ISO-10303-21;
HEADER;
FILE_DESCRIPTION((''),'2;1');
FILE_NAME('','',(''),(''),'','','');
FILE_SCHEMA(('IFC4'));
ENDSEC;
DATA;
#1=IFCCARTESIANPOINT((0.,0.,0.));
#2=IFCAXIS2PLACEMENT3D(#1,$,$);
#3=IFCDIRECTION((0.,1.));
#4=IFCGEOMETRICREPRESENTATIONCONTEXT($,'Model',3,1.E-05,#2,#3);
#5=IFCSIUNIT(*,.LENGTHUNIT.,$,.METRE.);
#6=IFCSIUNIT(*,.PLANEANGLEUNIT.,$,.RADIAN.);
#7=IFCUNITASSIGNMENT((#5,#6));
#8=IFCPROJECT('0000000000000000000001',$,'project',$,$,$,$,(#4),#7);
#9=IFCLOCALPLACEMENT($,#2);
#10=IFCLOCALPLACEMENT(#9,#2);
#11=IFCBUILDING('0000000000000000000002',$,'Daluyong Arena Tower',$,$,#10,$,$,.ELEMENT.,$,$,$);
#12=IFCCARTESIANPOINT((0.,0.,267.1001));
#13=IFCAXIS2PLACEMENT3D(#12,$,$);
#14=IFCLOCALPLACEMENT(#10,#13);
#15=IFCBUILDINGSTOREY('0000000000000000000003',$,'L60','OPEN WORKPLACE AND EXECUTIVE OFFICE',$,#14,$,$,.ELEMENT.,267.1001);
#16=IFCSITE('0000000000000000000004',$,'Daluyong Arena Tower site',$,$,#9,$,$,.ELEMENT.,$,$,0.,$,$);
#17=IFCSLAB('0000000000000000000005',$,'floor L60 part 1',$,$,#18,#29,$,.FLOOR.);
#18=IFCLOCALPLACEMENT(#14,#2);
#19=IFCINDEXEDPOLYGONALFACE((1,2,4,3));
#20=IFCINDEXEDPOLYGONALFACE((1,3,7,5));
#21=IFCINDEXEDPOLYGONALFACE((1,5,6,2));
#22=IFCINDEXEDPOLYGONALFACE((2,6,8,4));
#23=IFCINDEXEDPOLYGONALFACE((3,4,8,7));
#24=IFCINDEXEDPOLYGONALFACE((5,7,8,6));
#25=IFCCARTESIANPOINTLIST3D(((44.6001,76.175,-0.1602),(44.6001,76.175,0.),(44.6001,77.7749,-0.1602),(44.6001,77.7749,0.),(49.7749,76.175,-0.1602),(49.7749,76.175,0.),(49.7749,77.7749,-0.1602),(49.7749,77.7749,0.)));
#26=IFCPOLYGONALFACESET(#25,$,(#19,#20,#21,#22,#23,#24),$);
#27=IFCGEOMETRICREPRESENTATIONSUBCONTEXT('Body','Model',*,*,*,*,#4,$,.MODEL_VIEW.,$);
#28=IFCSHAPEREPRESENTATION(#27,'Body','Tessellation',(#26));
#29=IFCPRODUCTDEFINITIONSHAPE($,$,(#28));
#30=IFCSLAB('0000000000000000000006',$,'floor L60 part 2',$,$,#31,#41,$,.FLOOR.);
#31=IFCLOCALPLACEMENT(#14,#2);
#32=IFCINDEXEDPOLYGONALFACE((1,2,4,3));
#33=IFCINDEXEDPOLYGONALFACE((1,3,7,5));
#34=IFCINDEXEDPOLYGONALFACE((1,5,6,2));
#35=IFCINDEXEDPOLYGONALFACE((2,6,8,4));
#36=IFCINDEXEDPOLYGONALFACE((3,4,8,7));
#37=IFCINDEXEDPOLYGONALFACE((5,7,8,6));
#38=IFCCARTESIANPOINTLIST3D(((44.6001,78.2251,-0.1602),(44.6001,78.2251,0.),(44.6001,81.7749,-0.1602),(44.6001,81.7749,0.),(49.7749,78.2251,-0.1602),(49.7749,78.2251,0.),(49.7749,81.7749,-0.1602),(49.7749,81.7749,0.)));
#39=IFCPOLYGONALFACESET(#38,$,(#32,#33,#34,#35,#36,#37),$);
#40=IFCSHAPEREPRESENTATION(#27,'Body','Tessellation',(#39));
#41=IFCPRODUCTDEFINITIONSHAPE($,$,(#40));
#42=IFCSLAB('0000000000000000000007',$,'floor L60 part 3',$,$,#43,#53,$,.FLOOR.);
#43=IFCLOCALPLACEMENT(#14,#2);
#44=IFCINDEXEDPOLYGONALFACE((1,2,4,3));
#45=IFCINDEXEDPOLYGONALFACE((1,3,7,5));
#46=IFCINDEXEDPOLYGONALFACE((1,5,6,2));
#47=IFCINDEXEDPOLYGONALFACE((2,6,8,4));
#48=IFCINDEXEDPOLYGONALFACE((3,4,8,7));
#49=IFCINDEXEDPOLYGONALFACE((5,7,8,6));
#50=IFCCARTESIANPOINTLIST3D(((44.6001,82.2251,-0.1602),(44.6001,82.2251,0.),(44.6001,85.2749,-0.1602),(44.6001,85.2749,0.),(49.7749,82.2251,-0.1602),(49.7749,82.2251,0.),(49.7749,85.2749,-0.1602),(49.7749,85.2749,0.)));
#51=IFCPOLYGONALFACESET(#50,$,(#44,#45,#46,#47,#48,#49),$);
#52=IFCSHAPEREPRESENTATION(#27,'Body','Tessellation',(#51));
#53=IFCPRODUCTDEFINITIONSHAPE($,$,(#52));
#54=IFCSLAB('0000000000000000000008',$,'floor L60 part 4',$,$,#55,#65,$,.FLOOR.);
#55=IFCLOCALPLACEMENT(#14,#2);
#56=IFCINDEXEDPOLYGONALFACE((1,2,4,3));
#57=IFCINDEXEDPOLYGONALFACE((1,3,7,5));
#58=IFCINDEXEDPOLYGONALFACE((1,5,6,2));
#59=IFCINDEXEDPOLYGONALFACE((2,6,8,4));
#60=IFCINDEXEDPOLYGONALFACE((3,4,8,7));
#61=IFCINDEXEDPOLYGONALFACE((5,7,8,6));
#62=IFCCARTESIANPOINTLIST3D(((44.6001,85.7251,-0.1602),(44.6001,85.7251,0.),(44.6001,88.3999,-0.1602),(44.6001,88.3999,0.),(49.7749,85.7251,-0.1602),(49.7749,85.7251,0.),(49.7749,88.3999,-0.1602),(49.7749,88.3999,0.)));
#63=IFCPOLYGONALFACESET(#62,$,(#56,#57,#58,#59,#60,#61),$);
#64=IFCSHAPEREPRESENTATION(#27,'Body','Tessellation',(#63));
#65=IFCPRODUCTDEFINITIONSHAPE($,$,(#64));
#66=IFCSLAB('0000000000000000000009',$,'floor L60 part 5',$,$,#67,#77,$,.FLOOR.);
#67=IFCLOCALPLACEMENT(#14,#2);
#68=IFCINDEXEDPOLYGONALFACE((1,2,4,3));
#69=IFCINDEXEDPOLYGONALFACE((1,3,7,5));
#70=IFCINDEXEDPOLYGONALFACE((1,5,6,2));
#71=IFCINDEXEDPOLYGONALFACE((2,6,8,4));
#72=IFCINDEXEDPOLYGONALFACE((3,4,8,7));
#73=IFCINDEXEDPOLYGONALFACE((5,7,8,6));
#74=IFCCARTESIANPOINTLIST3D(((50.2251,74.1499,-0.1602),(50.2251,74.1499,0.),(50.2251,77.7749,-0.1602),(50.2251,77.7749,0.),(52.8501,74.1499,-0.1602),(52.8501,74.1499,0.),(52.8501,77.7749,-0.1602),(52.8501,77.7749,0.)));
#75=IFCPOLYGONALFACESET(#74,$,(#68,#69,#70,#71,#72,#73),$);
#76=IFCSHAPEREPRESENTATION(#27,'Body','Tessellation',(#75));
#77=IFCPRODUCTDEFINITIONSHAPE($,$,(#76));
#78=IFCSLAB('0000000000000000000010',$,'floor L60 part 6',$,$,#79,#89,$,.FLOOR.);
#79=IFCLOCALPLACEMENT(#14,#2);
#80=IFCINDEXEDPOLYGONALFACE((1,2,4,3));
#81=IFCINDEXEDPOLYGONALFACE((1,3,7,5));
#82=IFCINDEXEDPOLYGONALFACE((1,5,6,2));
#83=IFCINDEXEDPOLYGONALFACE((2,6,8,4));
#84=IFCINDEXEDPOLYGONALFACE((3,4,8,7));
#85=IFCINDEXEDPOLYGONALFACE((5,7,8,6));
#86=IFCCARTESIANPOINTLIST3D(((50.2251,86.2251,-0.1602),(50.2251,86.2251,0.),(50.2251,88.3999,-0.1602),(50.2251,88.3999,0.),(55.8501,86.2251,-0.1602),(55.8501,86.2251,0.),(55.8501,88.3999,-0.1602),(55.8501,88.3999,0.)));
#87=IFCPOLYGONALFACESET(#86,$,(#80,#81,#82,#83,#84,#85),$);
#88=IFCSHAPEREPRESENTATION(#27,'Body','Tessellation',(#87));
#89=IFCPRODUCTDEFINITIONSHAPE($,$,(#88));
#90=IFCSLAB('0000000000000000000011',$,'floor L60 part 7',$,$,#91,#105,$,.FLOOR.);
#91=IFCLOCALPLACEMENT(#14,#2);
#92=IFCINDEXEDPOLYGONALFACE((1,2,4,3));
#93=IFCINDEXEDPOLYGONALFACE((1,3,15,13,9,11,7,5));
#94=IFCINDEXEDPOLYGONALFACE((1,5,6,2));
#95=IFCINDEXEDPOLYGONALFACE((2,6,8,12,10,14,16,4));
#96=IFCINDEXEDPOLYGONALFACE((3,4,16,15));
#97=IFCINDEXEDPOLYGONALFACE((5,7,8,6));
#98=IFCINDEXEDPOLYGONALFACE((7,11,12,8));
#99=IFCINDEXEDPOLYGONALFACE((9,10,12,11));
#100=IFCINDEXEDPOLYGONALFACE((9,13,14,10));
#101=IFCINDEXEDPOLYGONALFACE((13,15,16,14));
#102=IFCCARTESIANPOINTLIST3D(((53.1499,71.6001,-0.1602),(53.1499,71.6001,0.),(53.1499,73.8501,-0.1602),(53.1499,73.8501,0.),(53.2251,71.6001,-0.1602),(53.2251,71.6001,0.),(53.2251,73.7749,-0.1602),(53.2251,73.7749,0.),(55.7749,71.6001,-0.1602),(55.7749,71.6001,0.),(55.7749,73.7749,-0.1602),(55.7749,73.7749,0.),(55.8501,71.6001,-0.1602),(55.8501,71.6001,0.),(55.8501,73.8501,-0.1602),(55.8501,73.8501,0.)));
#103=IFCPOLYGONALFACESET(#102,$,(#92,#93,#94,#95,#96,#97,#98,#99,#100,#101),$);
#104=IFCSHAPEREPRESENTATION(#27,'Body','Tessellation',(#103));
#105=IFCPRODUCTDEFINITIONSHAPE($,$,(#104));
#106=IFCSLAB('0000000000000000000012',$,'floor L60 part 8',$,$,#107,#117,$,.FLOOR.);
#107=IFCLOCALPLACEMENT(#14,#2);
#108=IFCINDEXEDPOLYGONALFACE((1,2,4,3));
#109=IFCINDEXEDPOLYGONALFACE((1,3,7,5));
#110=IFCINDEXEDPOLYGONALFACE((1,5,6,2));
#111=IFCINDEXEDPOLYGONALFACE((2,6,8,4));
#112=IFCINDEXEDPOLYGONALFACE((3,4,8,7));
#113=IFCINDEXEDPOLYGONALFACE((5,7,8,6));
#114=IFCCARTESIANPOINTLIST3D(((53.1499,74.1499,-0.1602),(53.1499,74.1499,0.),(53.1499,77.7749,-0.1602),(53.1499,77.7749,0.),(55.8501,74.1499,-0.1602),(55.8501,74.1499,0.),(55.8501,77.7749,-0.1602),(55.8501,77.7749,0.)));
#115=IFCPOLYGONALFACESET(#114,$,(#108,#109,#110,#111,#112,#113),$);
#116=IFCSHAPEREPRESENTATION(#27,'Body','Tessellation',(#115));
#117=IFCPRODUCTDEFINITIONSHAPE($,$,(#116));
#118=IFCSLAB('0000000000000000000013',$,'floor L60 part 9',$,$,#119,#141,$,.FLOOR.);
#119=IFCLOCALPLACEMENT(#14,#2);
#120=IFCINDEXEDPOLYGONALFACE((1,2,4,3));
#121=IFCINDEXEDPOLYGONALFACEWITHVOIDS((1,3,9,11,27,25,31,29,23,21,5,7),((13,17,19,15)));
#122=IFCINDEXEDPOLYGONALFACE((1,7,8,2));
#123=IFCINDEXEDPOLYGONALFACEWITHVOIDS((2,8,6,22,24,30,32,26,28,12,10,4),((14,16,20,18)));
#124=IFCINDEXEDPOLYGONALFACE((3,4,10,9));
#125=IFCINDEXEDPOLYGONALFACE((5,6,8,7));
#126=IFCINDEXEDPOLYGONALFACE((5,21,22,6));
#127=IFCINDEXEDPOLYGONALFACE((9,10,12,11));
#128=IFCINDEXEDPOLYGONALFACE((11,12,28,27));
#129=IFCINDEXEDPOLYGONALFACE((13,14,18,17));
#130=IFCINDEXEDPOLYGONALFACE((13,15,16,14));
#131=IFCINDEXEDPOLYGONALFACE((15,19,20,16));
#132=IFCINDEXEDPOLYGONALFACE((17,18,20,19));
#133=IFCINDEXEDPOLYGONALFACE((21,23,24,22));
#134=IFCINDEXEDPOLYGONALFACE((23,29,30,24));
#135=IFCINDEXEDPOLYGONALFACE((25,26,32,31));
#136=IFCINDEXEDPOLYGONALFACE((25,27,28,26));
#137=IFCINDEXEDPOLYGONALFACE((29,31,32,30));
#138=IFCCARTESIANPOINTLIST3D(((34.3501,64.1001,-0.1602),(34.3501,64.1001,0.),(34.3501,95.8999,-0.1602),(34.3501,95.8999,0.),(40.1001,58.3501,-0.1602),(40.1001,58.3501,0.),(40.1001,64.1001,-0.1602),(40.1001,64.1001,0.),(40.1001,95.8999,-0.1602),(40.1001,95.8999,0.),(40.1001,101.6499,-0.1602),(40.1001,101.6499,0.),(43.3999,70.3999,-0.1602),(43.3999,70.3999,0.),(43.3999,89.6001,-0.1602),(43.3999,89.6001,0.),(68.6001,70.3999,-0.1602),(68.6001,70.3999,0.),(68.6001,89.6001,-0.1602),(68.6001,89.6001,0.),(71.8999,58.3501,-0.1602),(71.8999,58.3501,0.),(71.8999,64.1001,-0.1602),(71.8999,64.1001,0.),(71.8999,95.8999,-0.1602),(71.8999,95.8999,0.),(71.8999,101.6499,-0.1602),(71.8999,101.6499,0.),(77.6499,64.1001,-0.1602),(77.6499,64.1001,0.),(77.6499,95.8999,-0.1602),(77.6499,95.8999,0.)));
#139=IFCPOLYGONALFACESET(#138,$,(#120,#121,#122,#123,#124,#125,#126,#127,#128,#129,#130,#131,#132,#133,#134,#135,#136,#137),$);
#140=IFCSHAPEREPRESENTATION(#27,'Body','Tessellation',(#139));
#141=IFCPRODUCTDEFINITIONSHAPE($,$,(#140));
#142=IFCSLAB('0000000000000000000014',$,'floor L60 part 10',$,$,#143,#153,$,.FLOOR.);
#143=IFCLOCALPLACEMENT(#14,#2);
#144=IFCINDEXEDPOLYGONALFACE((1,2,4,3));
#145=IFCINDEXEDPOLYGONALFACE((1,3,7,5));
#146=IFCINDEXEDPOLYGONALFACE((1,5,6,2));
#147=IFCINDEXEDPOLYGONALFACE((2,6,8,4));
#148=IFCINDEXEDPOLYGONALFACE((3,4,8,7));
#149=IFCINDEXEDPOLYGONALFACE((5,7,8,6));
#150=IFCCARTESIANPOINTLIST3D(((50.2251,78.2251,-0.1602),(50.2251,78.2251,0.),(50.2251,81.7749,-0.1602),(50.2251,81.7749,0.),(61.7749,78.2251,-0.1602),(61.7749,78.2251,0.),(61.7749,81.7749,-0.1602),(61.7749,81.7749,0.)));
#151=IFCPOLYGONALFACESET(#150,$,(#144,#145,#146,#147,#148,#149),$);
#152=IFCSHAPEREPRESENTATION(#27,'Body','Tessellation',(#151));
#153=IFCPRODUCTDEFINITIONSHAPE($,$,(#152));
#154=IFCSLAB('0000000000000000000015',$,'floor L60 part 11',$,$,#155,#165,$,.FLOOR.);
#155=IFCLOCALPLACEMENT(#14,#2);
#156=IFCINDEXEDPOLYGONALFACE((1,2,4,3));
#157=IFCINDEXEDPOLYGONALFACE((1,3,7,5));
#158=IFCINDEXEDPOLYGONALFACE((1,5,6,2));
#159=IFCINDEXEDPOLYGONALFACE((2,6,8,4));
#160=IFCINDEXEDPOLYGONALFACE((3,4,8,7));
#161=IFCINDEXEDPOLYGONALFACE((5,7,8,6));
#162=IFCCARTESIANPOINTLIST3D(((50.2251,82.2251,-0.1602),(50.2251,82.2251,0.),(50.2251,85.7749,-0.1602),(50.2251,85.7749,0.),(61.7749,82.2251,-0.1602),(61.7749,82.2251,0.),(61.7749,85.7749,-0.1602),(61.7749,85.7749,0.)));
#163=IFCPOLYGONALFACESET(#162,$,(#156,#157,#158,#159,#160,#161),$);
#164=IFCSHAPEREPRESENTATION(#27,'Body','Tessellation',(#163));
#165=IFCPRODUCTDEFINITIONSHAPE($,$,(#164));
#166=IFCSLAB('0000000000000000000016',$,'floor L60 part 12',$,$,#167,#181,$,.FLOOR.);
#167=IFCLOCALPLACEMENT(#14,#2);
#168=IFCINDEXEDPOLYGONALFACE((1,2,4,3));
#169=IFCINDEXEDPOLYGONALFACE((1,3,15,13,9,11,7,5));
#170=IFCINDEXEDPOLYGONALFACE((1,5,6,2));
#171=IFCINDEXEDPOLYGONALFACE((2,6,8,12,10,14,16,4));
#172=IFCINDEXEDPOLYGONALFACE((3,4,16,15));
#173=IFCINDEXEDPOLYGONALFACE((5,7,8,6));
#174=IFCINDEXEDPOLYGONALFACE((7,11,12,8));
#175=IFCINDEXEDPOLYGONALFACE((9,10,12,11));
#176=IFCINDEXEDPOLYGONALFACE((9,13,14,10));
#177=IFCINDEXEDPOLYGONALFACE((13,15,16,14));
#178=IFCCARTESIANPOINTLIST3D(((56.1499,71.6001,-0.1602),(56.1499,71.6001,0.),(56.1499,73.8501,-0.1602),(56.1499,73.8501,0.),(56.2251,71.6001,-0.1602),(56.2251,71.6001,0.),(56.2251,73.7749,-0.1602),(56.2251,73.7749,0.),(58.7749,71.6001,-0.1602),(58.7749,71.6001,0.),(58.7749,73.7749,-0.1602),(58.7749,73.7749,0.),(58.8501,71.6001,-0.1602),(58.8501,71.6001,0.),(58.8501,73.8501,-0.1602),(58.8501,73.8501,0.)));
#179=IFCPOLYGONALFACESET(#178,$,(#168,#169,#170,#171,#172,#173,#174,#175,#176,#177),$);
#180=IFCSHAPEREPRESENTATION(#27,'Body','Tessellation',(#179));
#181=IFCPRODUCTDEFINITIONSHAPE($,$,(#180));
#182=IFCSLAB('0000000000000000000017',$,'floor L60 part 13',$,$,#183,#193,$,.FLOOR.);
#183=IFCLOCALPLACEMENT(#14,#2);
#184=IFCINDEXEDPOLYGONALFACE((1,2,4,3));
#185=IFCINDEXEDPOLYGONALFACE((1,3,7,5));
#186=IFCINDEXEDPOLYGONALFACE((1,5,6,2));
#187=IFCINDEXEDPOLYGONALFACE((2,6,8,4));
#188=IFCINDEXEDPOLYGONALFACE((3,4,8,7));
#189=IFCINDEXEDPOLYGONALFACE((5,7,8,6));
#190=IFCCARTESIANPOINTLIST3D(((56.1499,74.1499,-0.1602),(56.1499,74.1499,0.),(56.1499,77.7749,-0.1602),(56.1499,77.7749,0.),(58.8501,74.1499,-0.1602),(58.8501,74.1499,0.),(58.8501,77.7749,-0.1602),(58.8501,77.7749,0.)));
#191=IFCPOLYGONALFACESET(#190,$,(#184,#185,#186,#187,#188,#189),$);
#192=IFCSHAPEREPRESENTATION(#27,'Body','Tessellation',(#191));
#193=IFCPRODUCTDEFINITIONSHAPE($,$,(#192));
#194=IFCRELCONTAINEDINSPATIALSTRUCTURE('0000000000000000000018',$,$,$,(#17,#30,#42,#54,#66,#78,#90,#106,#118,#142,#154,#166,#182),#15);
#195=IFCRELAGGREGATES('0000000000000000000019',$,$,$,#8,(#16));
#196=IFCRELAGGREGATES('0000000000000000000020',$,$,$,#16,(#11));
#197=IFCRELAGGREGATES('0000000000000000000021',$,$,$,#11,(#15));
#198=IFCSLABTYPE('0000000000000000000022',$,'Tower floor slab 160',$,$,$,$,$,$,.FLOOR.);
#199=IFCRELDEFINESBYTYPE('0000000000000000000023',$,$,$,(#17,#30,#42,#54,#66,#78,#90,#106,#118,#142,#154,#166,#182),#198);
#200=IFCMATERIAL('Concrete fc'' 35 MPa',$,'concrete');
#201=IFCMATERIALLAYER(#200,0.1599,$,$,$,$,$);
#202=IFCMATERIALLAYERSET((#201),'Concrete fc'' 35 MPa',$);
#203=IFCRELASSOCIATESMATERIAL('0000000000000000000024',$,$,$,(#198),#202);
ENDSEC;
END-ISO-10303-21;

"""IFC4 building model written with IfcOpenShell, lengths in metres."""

from ifc_helpers import new_model, si_unit, direction, frame, origin, place, context, subcontext, project, spatial, polyline, outline, extrude, material, layer, layer_set, type_object, element, save


model = new_model("IFC4")

# Units and contexts
model_context = context("Model", 3, precision=1e-05, world=origin(), true_north=direction((0.0, 1.0)))
body_context = subcontext(model_context, "Body", "Model", "MODEL_VIEW")
ifc_project = project(units=[si_unit("LENGTHUNIT", "METRE"), si_unit("PLANEANGLEUNIT", "RADIAN")], contexts=[model_context])

# Site, building, storey
site_placement = place(None, origin())
site = spatial("IfcSite", under=ifc_project, at=site_placement, Name="Daluyong Arena Tower site", CompositionType="ELEMENT", RefElevation=0.0)
building_placement = place(site_placement, origin())
building = spatial("IfcBuilding", under=site, at=building_placement, Name="Daluyong Arena Tower", CompositionType="ELEMENT")
storey_placement = place(building_placement, frame((0.0, 0.0, 267.1001)))
storey = spatial("IfcBuildingStorey", under=building, at=storey_placement, Name="L60", Description="OPEN WORKPLACE AND EXECUTIVE OFFICE", CompositionType="ELEMENT", Elevation=267.1001)

# Slabs
ifc_material_1 = material(Name="Concrete fc' 35 MPa", Category="concrete")
ifc_layer_1 = layer(ifc_material_1, 0.1599)
ifc_layer_set_1 = layer_set([ifc_layer_1], Name="Concrete fc' 35 MPa")
slab_type = type_object("IfcSlabType", Name="Tower floor slab 160", PredefinedType="FLOOR", material=ifc_layer_set_1)
slab_1_placement = place(storey_placement, frame((0.0, 0.0, -0.1602)))
element("IfcSlab", 1, at=slab_1_placement, inside=storey, type_object=slab_type, Name="floor L60 part 1", PredefinedType="FLOOR", context=body_context, shape_type="SweptSolid", body=[
    extrude(outline(polyline([(49.7749, 77.7749), (44.6001, 77.7749), (44.6001, 76.175), (49.7749, 76.175), (49.7749, 77.7749)])), origin(), (0.0, 0.0, 1.0), 0.1602),
])
slab_2_placement = place(storey_placement, frame((0.0, 0.0, -0.1602)))
element("IfcSlab", 2, at=slab_2_placement, inside=storey, type_object=slab_type, Name="floor L60 part 2", PredefinedType="FLOOR", context=body_context, shape_type="SweptSolid", body=[
    extrude(outline(polyline([(49.7749, 78.2251), (49.7749, 81.7749), (44.6001, 81.7749), (44.6001, 78.2251), (49.7749, 78.2251)])), origin(), (0.0, 0.0, 1.0), 0.1602),
])
slab_3_placement = place(storey_placement, frame((0.0, 0.0, -0.1602)))
element("IfcSlab", 3, at=slab_3_placement, inside=storey, type_object=slab_type, Name="floor L60 part 3", PredefinedType="FLOOR", context=body_context, shape_type="SweptSolid", body=[
    extrude(outline(polyline([(44.6001, 85.2749), (44.6001, 82.2251), (49.7749, 82.2251), (49.7749, 85.2749), (44.6001, 85.2749)])), origin(), (0.0, 0.0, 1.0), 0.1602),
])
slab_4_placement = place(storey_placement, frame((0.0, 0.0, -0.1602)))
element("IfcSlab", 4, at=slab_4_placement, inside=storey, type_object=slab_type, Name="floor L60 part 4", PredefinedType="FLOOR", context=body_context, shape_type="SweptSolid", body=[
    extrude(outline(polyline([(44.6001, 88.3999), (44.6001, 85.7251), (49.7749, 85.7251), (49.7749, 88.3999), (44.6001, 88.3999)])), origin(), (0.0, 0.0, 1.0), 0.1602),
])
slab_5_placement = place(storey_placement, frame((0.0, 0.0, -0.1602)))
element("IfcSlab", 5, at=slab_5_placement, inside=storey, type_object=slab_type, Name="floor L60 part 5", PredefinedType="FLOOR", context=body_context, shape_type="SweptSolid", body=[
    extrude(outline(polyline([(52.8501, 74.1499), (52.8501, 77.7749), (50.2251, 77.7749), (50.2251, 74.1499), (52.8501, 74.1499)])), origin(), (0.0, 0.0, 1.0), 0.1602),
])
slab_6_placement = place(storey_placement, frame((0.0, 0.0, -0.1602)))
element("IfcSlab", 6, at=slab_6_placement, inside=storey, type_object=slab_type, Name="floor L60 part 6", PredefinedType="FLOOR", context=body_context, shape_type="SweptSolid", body=[
    extrude(outline(polyline([(50.2251, 88.3999), (50.2251, 86.2251), (55.8501, 86.2251), (55.8501, 88.3999), (50.2251, 88.3999)])), origin(), (0.0, 0.0, 1.0), 0.1602),
])
slab_7_placement = place(storey_placement, frame((0.0, 0.0, -0.1602)))
element("IfcSlab", 7, at=slab_7_placement, inside=storey, type_object=slab_type, Name="floor L60 part 7", PredefinedType="FLOOR", context=body_context, shape_type="SweptSolid", body=[
    extrude(outline(polyline([(53.2251, 71.6001), (53.2251, 73.7749), (55.7749, 73.7749), (55.7749, 71.6001), (55.8501, 71.6001), (55.8501, 73.8501), (53.1499, 73.8501), (53.1499, 71.6001), (53.2251, 71.6001)])), origin(), (0.0, 0.0, 1.0), 0.1602),
])
slab_8_placement = place(storey_placement, frame((0.0, 0.0, -0.1602)))
element("IfcSlab", 8, at=slab_8_placement, inside=storey, type_object=slab_type, Name="floor L60 part 8", PredefinedType="FLOOR", context=body_context, shape_type="SweptSolid", body=[
    extrude(outline(polyline([(53.1499, 74.1499), (55.8501, 74.1499), (55.8501, 77.7749), (53.1499, 77.7749), (53.1499, 74.1499)])), origin(), (0.0, 0.0, 1.0), 0.1602),
])
slab_9_placement = place(storey_placement, frame((0.0, 0.0, -0.1602)))
element("IfcSlab", 9, at=slab_9_placement, inside=storey, type_object=slab_type, Name="floor L60 part 9", PredefinedType="FLOOR", context=body_context, shape_type="SweptSolid", body=[
    extrude(outline(polyline([(40.1001, 64.1001), (40.1001, 58.3501), (71.8999, 58.3501), (71.8999, 64.1001), (77.6499, 64.1001), (77.6499, 95.8999), (71.8999, 95.8999), (71.8999, 101.6499), (40.1001, 101.6499), (40.1001, 95.8999), (34.3501, 95.8999), (34.3501, 64.1001), (40.1001, 64.1001)]), holes=[polyline([(68.6001, 89.6001), (68.6001, 70.3999), (43.3999, 70.3999), (43.3999, 89.6001), (68.6001, 89.6001)])]), origin(), (0.0, 0.0, 1.0), 0.1602),
])
slab_10_placement = place(storey_placement, frame((0.0, 0.0, -0.1602)))
element("IfcSlab", 10, at=slab_10_placement, inside=storey, type_object=slab_type, Name="floor L60 part 10", PredefinedType="FLOOR", context=body_context, shape_type="SweptSolid", body=[
    extrude(outline(polyline([(50.2251, 81.7749), (50.2251, 78.2251), (61.7749, 78.2251), (61.7749, 81.7749), (50.2251, 81.7749)])), origin(), (0.0, 0.0, 1.0), 0.1602),
])
slab_11_placement = place(storey_placement, frame((0.0, 0.0, -0.1602)))
element("IfcSlab", 11, at=slab_11_placement, inside=storey, type_object=slab_type, Name="floor L60 part 11", PredefinedType="FLOOR", context=body_context, shape_type="SweptSolid", body=[
    extrude(outline(polyline([(50.2251, 85.7749), (50.2251, 82.2251), (61.7749, 82.2251), (61.7749, 85.7749), (50.2251, 85.7749)])), origin(), (0.0, 0.0, 1.0), 0.1602),
])
slab_12_placement = place(storey_placement, frame((0.0, 0.0, -0.1602)))
element("IfcSlab", 12, at=slab_12_placement, inside=storey, type_object=slab_type, Name="floor L60 part 12", PredefinedType="FLOOR", context=body_context, shape_type="SweptSolid", body=[
    extrude(outline(polyline([(56.2251, 71.6001), (56.2251, 73.7749), (58.7749, 73.7749), (58.7749, 71.6001), (58.8501, 71.6001), (58.8501, 73.8501), (56.1499, 73.8501), (56.1499, 71.6001), (56.2251, 71.6001)])), origin(), (0.0, 0.0, 1.0), 0.1602),
])
slab_13_placement = place(storey_placement, frame((0.0, 0.0, -0.1602)))
element("IfcSlab", 13, at=slab_13_placement, inside=storey, type_object=slab_type, Name="floor L60 part 13", PredefinedType="FLOOR", context=body_context, shape_type="SweptSolid", body=[
    extrude(outline(polyline([(58.8501, 77.7749), (56.1499, 77.7749), (56.1499, 74.1499), (58.8501, 74.1499), (58.8501, 77.7749)])), origin(), (0.0, 0.0, 1.0), 0.1602),
])

save(model, "model.ifc")
